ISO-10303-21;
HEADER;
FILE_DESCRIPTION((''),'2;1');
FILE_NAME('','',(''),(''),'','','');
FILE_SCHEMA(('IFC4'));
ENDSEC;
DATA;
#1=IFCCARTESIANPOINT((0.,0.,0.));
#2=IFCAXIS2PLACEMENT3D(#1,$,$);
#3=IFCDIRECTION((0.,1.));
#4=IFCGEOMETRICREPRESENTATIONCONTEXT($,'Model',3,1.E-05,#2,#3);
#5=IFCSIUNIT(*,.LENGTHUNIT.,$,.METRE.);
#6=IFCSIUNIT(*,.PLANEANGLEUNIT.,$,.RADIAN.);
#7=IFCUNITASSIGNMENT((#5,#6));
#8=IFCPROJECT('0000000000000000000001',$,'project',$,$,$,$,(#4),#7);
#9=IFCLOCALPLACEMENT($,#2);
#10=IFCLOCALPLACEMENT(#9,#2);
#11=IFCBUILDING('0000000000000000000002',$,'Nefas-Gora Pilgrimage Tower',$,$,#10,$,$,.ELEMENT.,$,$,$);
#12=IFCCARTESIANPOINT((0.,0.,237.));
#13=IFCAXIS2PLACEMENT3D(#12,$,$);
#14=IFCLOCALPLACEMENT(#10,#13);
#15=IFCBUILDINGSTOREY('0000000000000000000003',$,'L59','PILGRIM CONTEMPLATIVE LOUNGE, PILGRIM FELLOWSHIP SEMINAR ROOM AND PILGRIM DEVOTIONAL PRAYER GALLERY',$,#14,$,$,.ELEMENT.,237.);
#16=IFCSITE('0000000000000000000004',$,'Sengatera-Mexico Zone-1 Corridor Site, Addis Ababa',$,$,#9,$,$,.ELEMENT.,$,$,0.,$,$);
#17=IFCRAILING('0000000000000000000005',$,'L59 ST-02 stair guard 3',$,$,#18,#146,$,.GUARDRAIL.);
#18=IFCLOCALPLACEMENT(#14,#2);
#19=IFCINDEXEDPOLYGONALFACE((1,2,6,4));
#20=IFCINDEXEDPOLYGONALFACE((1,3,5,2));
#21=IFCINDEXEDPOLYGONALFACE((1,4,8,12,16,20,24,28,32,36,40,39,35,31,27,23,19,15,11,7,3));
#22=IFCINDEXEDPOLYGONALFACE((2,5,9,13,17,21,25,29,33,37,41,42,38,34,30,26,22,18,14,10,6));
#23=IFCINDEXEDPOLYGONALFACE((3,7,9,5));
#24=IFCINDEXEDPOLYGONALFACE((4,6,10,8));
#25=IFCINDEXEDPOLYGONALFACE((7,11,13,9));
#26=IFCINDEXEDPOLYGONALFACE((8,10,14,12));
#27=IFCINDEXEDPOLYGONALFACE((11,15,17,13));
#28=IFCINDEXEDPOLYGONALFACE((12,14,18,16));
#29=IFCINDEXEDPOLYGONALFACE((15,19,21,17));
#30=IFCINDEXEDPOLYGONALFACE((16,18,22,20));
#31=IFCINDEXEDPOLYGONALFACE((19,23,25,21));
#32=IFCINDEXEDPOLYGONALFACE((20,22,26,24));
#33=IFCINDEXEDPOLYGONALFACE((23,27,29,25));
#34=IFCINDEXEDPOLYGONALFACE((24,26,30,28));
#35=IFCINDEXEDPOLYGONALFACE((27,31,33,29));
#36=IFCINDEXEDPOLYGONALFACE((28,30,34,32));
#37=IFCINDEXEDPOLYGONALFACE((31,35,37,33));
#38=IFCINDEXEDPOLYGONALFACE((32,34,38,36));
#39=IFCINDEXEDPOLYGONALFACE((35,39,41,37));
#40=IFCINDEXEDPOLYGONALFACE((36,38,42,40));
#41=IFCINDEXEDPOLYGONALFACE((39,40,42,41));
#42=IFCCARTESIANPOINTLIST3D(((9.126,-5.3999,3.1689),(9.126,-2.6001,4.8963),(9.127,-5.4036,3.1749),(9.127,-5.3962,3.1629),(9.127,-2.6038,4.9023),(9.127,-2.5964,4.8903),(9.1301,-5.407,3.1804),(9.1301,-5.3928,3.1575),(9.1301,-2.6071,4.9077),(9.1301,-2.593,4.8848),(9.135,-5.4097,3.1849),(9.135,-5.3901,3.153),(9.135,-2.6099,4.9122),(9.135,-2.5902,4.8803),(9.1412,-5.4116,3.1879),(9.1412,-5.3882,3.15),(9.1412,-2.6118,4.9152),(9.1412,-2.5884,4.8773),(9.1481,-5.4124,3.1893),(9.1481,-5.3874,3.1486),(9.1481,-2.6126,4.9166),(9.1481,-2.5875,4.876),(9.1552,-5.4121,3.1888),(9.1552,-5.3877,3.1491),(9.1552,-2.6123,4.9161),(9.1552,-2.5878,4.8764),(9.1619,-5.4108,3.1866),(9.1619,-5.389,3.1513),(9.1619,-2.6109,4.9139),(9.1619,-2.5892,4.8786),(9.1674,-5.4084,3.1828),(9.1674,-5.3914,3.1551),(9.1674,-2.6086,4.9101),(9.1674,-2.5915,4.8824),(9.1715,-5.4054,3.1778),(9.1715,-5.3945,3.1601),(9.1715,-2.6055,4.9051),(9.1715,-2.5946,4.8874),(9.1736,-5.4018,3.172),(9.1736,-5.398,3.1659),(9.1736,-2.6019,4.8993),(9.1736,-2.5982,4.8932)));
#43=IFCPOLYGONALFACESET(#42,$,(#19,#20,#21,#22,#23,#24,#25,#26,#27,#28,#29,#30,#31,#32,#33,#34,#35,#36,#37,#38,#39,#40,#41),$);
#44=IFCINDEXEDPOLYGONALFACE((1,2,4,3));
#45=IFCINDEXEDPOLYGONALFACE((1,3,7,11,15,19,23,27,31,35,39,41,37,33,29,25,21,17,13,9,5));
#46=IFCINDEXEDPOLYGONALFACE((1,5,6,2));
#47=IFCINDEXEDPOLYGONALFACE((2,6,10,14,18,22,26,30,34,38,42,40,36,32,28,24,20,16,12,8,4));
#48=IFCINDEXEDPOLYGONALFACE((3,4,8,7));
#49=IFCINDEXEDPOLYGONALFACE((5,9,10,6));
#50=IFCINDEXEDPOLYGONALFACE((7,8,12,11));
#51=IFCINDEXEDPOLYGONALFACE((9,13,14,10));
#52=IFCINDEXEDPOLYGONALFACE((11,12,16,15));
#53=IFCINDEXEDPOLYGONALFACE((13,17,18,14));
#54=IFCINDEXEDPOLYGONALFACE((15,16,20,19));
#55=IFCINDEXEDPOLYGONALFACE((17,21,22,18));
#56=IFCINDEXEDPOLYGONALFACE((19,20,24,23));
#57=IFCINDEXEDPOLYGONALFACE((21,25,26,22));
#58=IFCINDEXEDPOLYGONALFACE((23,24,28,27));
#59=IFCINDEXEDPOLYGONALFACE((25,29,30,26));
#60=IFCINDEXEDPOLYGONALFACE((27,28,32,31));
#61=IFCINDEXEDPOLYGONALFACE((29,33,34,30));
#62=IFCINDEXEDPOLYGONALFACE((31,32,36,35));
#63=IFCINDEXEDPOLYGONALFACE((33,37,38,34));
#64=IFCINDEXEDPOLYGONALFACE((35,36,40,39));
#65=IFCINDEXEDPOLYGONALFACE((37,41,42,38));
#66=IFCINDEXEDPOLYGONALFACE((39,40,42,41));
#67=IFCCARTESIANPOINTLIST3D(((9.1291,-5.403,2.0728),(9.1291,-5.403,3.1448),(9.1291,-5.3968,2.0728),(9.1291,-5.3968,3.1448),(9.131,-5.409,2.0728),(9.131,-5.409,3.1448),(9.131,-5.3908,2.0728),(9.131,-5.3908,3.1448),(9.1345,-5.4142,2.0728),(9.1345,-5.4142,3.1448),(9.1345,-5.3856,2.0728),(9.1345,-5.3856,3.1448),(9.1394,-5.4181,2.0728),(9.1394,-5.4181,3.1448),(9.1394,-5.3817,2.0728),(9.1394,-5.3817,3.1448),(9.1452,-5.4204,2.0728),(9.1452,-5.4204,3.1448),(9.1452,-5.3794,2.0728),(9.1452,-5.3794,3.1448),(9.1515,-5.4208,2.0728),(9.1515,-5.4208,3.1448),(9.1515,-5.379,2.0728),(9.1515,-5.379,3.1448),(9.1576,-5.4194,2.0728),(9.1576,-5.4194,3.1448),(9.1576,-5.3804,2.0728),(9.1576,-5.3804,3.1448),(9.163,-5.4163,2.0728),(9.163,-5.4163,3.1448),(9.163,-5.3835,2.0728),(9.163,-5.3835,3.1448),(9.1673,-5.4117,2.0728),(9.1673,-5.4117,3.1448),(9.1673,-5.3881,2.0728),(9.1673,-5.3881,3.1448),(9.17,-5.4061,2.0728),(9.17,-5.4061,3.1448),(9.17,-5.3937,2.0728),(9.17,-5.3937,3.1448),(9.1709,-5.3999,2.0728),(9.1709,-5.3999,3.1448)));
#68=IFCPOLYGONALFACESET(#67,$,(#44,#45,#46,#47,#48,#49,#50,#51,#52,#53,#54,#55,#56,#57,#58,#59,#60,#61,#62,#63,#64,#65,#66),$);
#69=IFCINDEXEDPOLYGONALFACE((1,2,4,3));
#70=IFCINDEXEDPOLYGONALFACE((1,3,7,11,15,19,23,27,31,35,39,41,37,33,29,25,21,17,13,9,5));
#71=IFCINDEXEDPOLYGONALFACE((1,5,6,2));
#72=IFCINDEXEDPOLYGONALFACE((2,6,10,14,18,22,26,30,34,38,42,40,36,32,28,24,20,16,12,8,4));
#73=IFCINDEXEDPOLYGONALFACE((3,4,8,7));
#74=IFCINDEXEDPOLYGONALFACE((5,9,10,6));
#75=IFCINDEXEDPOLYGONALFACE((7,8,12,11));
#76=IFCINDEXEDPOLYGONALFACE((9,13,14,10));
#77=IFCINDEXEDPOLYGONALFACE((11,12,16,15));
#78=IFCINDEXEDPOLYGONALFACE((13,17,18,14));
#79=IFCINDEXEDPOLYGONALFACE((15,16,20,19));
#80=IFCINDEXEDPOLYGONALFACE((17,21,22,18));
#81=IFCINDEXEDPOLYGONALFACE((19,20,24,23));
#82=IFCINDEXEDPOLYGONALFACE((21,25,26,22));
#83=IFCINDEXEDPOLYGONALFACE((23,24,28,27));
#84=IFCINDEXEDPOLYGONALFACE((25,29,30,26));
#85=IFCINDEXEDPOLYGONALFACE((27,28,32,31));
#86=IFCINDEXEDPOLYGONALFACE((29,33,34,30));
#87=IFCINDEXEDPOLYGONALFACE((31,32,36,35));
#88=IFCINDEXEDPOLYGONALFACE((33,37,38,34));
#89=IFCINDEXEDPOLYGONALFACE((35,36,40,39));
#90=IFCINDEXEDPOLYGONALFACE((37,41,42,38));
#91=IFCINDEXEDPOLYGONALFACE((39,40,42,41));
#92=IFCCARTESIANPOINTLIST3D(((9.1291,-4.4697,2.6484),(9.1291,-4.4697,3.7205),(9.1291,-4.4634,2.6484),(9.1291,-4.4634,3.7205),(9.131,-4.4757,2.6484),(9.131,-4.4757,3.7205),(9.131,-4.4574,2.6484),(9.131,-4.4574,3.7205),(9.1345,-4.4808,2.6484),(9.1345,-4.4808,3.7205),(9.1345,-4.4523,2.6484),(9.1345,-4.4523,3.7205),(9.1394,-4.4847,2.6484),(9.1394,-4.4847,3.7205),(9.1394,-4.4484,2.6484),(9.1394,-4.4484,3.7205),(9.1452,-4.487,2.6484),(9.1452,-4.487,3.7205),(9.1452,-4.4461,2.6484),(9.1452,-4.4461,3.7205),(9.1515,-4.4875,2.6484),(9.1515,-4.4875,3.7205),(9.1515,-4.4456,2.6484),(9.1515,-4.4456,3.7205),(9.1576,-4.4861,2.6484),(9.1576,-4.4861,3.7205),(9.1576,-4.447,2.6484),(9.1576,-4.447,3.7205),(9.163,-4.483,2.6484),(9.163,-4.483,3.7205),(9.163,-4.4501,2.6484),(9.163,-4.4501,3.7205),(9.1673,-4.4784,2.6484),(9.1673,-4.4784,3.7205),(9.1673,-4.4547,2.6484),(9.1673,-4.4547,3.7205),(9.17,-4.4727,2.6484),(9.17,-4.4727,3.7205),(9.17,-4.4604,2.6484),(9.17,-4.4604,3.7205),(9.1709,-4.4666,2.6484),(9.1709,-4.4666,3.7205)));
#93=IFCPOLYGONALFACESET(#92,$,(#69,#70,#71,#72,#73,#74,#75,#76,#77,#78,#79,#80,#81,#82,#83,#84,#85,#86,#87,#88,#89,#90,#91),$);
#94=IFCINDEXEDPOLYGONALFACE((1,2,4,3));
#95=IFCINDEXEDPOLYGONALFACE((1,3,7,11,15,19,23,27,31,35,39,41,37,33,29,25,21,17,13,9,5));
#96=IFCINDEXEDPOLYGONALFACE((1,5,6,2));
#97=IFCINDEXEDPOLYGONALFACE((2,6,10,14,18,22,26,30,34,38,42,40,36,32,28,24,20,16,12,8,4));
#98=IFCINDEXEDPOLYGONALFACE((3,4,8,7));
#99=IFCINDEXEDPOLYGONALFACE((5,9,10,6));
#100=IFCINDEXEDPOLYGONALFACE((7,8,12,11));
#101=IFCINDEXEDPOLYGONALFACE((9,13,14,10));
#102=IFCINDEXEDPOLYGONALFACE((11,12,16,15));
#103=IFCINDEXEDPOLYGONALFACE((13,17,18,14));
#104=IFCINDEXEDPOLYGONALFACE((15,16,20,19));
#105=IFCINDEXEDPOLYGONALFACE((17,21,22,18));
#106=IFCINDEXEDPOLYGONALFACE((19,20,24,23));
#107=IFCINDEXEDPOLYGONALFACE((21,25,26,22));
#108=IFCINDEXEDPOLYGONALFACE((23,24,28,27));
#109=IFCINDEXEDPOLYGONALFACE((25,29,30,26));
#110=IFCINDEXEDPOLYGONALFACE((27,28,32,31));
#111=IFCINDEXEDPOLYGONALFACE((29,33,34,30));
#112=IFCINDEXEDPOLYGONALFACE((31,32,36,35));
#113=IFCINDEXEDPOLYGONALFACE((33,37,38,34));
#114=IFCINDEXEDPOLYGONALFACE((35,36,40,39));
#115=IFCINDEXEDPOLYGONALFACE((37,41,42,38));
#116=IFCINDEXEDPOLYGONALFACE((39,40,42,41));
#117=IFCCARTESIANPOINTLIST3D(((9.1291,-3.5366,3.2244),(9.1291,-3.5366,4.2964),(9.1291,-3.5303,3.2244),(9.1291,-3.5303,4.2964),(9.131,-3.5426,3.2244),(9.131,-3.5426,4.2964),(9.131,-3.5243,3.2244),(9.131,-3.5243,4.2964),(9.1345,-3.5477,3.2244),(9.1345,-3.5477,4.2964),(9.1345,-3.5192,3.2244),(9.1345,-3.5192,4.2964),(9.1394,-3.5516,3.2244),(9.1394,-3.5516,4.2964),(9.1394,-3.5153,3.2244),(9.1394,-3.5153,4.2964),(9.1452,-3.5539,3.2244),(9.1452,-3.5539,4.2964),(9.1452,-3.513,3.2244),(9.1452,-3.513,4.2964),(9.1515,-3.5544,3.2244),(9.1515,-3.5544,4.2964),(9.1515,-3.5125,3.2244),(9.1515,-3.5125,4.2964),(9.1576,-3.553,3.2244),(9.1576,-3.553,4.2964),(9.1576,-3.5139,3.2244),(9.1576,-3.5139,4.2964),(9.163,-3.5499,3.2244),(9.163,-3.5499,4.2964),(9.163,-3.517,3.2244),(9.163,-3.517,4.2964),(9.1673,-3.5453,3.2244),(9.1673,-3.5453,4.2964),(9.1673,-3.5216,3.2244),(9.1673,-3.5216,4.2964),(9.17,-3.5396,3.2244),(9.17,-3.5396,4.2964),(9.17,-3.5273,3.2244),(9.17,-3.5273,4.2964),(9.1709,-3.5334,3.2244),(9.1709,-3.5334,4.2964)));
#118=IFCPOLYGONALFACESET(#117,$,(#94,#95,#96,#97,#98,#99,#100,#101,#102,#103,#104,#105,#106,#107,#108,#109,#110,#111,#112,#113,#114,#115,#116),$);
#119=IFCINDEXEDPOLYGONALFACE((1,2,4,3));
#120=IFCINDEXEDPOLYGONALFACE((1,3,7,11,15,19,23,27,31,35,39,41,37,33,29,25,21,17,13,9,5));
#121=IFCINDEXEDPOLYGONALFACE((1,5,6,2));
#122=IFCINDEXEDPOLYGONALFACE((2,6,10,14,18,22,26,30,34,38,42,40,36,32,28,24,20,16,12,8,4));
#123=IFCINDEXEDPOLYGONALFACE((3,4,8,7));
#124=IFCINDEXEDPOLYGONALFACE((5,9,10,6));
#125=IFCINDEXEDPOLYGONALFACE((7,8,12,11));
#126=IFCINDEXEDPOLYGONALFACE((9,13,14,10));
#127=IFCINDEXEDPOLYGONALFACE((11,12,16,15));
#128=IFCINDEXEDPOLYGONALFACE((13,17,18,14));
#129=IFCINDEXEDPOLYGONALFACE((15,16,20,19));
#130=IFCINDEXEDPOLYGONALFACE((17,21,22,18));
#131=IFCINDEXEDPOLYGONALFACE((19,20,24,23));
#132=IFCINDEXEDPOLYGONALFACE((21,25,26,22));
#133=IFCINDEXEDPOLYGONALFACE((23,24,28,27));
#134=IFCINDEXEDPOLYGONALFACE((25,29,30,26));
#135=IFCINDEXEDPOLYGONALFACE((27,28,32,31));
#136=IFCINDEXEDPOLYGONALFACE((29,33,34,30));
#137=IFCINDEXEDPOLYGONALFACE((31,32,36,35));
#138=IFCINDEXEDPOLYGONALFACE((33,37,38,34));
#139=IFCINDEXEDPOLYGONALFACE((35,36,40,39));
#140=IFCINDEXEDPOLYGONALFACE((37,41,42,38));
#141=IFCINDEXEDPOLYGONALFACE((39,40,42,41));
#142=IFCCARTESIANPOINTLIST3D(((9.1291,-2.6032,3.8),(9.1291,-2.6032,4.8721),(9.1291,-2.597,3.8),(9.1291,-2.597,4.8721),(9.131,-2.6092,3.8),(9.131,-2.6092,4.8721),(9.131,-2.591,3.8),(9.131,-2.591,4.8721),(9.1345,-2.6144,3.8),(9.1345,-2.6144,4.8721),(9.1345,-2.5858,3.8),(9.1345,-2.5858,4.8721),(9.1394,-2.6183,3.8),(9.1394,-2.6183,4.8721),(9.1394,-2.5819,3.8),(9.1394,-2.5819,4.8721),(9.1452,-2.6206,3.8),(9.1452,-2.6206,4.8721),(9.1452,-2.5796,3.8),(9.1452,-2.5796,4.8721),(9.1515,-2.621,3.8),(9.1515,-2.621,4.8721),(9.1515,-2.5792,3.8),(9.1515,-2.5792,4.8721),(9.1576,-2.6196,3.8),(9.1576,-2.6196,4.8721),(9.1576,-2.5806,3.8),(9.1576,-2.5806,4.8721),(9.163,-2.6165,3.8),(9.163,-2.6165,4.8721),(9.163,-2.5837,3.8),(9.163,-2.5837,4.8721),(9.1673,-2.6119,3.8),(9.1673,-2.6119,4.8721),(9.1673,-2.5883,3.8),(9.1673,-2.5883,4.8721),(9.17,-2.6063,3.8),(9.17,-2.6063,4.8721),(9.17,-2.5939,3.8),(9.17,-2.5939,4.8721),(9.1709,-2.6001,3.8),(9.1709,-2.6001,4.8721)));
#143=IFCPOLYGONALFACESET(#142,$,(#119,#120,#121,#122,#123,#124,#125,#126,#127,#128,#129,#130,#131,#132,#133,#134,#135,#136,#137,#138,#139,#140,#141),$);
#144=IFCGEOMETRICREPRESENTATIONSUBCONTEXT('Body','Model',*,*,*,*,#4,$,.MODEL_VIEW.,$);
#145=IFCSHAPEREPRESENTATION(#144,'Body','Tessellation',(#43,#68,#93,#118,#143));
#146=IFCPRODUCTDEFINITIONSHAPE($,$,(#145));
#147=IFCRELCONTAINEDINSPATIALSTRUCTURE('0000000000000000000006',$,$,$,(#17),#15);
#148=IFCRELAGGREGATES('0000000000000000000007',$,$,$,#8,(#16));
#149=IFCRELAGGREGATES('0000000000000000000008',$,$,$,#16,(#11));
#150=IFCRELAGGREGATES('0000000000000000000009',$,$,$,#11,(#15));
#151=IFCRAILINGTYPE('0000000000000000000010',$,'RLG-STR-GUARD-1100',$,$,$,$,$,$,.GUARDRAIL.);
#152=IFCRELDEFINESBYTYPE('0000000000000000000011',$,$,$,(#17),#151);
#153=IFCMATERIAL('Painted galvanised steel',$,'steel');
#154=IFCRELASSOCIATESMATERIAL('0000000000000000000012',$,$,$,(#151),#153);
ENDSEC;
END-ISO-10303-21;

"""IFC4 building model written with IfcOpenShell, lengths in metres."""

from ifc_helpers import new_model, si_unit, direction, frame, origin, origin_2d, place, context, subcontext, project, spatial, circle, extrude, material, type_object, element, save


model = new_model("IFC4")

# Units and contexts
model_context = context("Model", 3, precision=1e-05, world=origin(), true_north=direction((0.0, 1.0)))
body_context = subcontext(model_context, "Body", "Model", "MODEL_VIEW")
ifc_project = project(units=[si_unit("LENGTHUNIT", "METRE"), si_unit("PLANEANGLEUNIT", "RADIAN")], contexts=[model_context])

# Site, building, storey
site_placement = place(None, origin())
site = spatial("IfcSite", under=ifc_project, at=site_placement, Name="Sengatera-Mexico Zone-1 Corridor Site, Addis Ababa", CompositionType="ELEMENT", RefElevation=0.0)
building_placement = place(site_placement, origin())
building = spatial("IfcBuilding", under=site, at=building_placement, Name="Nefas-Gora Pilgrimage Tower", CompositionType="ELEMENT")
storey_placement = place(building_placement, frame((0.0, 0.0, 237.0)))
storey = spatial("IfcBuildingStorey", under=building, at=storey_placement, Name="L59", Description="PILGRIM CONTEMPLATIVE LOUNGE, PILGRIM FELLOWSHIP SEMINAR ROOM AND PILGRIM DEVOTIONAL PRAYER GALLERY", CompositionType="ELEMENT", Elevation=237.0)

# Railing
ifc_material_1 = material(Name="Painted galvanised steel", Category="steel")
railing_type_1 = type_object("IfcRailingType", Name="RLG-STR-GUARD-1100", PredefinedType="GUARDRAIL", material=ifc_material_1)
railing_1_placement = place(storey_placement, frame((9.1499, -5.3999, 2.0728)))
element("IfcRailing", 1, at=railing_1_placement, inside=storey, type_object=railing_type_1, Name="L59 ST-02 stair guard 3", PredefinedType="GUARDRAIL", context=body_context, shape_type="SweptSolid", body=[
    extrude(circle(Radius=0.0239, at=origin_2d()), frame((0.0, 0.0, 1.0962), z_axis=(0.0, 0.851069, 0.525054), x_axis=(-1.0, 0.0, 0.0)), (0.0, 0.0, 1.0), 3.2898),
    extrude(circle(Radius=0.021, at=origin_2d()), origin(), (0.0, 0.0, 1.0), 1.072),
    extrude(circle(Radius=0.021, at=origin_2d()), frame((0.0, 0.9333, 0.5757)), (0.0, 0.0, 1.0), 1.072),
    extrude(circle(Radius=0.021, at=origin_2d()), frame((0.0, 1.8665, 1.1516)), (0.0, 0.0, 1.0), 1.072),
    extrude(circle(Radius=0.021, at=origin_2d()), frame((0.0, 2.7998, 1.7273)), (0.0, 0.0, 1.0), 1.072),
])

save(model, "model.ifc")
